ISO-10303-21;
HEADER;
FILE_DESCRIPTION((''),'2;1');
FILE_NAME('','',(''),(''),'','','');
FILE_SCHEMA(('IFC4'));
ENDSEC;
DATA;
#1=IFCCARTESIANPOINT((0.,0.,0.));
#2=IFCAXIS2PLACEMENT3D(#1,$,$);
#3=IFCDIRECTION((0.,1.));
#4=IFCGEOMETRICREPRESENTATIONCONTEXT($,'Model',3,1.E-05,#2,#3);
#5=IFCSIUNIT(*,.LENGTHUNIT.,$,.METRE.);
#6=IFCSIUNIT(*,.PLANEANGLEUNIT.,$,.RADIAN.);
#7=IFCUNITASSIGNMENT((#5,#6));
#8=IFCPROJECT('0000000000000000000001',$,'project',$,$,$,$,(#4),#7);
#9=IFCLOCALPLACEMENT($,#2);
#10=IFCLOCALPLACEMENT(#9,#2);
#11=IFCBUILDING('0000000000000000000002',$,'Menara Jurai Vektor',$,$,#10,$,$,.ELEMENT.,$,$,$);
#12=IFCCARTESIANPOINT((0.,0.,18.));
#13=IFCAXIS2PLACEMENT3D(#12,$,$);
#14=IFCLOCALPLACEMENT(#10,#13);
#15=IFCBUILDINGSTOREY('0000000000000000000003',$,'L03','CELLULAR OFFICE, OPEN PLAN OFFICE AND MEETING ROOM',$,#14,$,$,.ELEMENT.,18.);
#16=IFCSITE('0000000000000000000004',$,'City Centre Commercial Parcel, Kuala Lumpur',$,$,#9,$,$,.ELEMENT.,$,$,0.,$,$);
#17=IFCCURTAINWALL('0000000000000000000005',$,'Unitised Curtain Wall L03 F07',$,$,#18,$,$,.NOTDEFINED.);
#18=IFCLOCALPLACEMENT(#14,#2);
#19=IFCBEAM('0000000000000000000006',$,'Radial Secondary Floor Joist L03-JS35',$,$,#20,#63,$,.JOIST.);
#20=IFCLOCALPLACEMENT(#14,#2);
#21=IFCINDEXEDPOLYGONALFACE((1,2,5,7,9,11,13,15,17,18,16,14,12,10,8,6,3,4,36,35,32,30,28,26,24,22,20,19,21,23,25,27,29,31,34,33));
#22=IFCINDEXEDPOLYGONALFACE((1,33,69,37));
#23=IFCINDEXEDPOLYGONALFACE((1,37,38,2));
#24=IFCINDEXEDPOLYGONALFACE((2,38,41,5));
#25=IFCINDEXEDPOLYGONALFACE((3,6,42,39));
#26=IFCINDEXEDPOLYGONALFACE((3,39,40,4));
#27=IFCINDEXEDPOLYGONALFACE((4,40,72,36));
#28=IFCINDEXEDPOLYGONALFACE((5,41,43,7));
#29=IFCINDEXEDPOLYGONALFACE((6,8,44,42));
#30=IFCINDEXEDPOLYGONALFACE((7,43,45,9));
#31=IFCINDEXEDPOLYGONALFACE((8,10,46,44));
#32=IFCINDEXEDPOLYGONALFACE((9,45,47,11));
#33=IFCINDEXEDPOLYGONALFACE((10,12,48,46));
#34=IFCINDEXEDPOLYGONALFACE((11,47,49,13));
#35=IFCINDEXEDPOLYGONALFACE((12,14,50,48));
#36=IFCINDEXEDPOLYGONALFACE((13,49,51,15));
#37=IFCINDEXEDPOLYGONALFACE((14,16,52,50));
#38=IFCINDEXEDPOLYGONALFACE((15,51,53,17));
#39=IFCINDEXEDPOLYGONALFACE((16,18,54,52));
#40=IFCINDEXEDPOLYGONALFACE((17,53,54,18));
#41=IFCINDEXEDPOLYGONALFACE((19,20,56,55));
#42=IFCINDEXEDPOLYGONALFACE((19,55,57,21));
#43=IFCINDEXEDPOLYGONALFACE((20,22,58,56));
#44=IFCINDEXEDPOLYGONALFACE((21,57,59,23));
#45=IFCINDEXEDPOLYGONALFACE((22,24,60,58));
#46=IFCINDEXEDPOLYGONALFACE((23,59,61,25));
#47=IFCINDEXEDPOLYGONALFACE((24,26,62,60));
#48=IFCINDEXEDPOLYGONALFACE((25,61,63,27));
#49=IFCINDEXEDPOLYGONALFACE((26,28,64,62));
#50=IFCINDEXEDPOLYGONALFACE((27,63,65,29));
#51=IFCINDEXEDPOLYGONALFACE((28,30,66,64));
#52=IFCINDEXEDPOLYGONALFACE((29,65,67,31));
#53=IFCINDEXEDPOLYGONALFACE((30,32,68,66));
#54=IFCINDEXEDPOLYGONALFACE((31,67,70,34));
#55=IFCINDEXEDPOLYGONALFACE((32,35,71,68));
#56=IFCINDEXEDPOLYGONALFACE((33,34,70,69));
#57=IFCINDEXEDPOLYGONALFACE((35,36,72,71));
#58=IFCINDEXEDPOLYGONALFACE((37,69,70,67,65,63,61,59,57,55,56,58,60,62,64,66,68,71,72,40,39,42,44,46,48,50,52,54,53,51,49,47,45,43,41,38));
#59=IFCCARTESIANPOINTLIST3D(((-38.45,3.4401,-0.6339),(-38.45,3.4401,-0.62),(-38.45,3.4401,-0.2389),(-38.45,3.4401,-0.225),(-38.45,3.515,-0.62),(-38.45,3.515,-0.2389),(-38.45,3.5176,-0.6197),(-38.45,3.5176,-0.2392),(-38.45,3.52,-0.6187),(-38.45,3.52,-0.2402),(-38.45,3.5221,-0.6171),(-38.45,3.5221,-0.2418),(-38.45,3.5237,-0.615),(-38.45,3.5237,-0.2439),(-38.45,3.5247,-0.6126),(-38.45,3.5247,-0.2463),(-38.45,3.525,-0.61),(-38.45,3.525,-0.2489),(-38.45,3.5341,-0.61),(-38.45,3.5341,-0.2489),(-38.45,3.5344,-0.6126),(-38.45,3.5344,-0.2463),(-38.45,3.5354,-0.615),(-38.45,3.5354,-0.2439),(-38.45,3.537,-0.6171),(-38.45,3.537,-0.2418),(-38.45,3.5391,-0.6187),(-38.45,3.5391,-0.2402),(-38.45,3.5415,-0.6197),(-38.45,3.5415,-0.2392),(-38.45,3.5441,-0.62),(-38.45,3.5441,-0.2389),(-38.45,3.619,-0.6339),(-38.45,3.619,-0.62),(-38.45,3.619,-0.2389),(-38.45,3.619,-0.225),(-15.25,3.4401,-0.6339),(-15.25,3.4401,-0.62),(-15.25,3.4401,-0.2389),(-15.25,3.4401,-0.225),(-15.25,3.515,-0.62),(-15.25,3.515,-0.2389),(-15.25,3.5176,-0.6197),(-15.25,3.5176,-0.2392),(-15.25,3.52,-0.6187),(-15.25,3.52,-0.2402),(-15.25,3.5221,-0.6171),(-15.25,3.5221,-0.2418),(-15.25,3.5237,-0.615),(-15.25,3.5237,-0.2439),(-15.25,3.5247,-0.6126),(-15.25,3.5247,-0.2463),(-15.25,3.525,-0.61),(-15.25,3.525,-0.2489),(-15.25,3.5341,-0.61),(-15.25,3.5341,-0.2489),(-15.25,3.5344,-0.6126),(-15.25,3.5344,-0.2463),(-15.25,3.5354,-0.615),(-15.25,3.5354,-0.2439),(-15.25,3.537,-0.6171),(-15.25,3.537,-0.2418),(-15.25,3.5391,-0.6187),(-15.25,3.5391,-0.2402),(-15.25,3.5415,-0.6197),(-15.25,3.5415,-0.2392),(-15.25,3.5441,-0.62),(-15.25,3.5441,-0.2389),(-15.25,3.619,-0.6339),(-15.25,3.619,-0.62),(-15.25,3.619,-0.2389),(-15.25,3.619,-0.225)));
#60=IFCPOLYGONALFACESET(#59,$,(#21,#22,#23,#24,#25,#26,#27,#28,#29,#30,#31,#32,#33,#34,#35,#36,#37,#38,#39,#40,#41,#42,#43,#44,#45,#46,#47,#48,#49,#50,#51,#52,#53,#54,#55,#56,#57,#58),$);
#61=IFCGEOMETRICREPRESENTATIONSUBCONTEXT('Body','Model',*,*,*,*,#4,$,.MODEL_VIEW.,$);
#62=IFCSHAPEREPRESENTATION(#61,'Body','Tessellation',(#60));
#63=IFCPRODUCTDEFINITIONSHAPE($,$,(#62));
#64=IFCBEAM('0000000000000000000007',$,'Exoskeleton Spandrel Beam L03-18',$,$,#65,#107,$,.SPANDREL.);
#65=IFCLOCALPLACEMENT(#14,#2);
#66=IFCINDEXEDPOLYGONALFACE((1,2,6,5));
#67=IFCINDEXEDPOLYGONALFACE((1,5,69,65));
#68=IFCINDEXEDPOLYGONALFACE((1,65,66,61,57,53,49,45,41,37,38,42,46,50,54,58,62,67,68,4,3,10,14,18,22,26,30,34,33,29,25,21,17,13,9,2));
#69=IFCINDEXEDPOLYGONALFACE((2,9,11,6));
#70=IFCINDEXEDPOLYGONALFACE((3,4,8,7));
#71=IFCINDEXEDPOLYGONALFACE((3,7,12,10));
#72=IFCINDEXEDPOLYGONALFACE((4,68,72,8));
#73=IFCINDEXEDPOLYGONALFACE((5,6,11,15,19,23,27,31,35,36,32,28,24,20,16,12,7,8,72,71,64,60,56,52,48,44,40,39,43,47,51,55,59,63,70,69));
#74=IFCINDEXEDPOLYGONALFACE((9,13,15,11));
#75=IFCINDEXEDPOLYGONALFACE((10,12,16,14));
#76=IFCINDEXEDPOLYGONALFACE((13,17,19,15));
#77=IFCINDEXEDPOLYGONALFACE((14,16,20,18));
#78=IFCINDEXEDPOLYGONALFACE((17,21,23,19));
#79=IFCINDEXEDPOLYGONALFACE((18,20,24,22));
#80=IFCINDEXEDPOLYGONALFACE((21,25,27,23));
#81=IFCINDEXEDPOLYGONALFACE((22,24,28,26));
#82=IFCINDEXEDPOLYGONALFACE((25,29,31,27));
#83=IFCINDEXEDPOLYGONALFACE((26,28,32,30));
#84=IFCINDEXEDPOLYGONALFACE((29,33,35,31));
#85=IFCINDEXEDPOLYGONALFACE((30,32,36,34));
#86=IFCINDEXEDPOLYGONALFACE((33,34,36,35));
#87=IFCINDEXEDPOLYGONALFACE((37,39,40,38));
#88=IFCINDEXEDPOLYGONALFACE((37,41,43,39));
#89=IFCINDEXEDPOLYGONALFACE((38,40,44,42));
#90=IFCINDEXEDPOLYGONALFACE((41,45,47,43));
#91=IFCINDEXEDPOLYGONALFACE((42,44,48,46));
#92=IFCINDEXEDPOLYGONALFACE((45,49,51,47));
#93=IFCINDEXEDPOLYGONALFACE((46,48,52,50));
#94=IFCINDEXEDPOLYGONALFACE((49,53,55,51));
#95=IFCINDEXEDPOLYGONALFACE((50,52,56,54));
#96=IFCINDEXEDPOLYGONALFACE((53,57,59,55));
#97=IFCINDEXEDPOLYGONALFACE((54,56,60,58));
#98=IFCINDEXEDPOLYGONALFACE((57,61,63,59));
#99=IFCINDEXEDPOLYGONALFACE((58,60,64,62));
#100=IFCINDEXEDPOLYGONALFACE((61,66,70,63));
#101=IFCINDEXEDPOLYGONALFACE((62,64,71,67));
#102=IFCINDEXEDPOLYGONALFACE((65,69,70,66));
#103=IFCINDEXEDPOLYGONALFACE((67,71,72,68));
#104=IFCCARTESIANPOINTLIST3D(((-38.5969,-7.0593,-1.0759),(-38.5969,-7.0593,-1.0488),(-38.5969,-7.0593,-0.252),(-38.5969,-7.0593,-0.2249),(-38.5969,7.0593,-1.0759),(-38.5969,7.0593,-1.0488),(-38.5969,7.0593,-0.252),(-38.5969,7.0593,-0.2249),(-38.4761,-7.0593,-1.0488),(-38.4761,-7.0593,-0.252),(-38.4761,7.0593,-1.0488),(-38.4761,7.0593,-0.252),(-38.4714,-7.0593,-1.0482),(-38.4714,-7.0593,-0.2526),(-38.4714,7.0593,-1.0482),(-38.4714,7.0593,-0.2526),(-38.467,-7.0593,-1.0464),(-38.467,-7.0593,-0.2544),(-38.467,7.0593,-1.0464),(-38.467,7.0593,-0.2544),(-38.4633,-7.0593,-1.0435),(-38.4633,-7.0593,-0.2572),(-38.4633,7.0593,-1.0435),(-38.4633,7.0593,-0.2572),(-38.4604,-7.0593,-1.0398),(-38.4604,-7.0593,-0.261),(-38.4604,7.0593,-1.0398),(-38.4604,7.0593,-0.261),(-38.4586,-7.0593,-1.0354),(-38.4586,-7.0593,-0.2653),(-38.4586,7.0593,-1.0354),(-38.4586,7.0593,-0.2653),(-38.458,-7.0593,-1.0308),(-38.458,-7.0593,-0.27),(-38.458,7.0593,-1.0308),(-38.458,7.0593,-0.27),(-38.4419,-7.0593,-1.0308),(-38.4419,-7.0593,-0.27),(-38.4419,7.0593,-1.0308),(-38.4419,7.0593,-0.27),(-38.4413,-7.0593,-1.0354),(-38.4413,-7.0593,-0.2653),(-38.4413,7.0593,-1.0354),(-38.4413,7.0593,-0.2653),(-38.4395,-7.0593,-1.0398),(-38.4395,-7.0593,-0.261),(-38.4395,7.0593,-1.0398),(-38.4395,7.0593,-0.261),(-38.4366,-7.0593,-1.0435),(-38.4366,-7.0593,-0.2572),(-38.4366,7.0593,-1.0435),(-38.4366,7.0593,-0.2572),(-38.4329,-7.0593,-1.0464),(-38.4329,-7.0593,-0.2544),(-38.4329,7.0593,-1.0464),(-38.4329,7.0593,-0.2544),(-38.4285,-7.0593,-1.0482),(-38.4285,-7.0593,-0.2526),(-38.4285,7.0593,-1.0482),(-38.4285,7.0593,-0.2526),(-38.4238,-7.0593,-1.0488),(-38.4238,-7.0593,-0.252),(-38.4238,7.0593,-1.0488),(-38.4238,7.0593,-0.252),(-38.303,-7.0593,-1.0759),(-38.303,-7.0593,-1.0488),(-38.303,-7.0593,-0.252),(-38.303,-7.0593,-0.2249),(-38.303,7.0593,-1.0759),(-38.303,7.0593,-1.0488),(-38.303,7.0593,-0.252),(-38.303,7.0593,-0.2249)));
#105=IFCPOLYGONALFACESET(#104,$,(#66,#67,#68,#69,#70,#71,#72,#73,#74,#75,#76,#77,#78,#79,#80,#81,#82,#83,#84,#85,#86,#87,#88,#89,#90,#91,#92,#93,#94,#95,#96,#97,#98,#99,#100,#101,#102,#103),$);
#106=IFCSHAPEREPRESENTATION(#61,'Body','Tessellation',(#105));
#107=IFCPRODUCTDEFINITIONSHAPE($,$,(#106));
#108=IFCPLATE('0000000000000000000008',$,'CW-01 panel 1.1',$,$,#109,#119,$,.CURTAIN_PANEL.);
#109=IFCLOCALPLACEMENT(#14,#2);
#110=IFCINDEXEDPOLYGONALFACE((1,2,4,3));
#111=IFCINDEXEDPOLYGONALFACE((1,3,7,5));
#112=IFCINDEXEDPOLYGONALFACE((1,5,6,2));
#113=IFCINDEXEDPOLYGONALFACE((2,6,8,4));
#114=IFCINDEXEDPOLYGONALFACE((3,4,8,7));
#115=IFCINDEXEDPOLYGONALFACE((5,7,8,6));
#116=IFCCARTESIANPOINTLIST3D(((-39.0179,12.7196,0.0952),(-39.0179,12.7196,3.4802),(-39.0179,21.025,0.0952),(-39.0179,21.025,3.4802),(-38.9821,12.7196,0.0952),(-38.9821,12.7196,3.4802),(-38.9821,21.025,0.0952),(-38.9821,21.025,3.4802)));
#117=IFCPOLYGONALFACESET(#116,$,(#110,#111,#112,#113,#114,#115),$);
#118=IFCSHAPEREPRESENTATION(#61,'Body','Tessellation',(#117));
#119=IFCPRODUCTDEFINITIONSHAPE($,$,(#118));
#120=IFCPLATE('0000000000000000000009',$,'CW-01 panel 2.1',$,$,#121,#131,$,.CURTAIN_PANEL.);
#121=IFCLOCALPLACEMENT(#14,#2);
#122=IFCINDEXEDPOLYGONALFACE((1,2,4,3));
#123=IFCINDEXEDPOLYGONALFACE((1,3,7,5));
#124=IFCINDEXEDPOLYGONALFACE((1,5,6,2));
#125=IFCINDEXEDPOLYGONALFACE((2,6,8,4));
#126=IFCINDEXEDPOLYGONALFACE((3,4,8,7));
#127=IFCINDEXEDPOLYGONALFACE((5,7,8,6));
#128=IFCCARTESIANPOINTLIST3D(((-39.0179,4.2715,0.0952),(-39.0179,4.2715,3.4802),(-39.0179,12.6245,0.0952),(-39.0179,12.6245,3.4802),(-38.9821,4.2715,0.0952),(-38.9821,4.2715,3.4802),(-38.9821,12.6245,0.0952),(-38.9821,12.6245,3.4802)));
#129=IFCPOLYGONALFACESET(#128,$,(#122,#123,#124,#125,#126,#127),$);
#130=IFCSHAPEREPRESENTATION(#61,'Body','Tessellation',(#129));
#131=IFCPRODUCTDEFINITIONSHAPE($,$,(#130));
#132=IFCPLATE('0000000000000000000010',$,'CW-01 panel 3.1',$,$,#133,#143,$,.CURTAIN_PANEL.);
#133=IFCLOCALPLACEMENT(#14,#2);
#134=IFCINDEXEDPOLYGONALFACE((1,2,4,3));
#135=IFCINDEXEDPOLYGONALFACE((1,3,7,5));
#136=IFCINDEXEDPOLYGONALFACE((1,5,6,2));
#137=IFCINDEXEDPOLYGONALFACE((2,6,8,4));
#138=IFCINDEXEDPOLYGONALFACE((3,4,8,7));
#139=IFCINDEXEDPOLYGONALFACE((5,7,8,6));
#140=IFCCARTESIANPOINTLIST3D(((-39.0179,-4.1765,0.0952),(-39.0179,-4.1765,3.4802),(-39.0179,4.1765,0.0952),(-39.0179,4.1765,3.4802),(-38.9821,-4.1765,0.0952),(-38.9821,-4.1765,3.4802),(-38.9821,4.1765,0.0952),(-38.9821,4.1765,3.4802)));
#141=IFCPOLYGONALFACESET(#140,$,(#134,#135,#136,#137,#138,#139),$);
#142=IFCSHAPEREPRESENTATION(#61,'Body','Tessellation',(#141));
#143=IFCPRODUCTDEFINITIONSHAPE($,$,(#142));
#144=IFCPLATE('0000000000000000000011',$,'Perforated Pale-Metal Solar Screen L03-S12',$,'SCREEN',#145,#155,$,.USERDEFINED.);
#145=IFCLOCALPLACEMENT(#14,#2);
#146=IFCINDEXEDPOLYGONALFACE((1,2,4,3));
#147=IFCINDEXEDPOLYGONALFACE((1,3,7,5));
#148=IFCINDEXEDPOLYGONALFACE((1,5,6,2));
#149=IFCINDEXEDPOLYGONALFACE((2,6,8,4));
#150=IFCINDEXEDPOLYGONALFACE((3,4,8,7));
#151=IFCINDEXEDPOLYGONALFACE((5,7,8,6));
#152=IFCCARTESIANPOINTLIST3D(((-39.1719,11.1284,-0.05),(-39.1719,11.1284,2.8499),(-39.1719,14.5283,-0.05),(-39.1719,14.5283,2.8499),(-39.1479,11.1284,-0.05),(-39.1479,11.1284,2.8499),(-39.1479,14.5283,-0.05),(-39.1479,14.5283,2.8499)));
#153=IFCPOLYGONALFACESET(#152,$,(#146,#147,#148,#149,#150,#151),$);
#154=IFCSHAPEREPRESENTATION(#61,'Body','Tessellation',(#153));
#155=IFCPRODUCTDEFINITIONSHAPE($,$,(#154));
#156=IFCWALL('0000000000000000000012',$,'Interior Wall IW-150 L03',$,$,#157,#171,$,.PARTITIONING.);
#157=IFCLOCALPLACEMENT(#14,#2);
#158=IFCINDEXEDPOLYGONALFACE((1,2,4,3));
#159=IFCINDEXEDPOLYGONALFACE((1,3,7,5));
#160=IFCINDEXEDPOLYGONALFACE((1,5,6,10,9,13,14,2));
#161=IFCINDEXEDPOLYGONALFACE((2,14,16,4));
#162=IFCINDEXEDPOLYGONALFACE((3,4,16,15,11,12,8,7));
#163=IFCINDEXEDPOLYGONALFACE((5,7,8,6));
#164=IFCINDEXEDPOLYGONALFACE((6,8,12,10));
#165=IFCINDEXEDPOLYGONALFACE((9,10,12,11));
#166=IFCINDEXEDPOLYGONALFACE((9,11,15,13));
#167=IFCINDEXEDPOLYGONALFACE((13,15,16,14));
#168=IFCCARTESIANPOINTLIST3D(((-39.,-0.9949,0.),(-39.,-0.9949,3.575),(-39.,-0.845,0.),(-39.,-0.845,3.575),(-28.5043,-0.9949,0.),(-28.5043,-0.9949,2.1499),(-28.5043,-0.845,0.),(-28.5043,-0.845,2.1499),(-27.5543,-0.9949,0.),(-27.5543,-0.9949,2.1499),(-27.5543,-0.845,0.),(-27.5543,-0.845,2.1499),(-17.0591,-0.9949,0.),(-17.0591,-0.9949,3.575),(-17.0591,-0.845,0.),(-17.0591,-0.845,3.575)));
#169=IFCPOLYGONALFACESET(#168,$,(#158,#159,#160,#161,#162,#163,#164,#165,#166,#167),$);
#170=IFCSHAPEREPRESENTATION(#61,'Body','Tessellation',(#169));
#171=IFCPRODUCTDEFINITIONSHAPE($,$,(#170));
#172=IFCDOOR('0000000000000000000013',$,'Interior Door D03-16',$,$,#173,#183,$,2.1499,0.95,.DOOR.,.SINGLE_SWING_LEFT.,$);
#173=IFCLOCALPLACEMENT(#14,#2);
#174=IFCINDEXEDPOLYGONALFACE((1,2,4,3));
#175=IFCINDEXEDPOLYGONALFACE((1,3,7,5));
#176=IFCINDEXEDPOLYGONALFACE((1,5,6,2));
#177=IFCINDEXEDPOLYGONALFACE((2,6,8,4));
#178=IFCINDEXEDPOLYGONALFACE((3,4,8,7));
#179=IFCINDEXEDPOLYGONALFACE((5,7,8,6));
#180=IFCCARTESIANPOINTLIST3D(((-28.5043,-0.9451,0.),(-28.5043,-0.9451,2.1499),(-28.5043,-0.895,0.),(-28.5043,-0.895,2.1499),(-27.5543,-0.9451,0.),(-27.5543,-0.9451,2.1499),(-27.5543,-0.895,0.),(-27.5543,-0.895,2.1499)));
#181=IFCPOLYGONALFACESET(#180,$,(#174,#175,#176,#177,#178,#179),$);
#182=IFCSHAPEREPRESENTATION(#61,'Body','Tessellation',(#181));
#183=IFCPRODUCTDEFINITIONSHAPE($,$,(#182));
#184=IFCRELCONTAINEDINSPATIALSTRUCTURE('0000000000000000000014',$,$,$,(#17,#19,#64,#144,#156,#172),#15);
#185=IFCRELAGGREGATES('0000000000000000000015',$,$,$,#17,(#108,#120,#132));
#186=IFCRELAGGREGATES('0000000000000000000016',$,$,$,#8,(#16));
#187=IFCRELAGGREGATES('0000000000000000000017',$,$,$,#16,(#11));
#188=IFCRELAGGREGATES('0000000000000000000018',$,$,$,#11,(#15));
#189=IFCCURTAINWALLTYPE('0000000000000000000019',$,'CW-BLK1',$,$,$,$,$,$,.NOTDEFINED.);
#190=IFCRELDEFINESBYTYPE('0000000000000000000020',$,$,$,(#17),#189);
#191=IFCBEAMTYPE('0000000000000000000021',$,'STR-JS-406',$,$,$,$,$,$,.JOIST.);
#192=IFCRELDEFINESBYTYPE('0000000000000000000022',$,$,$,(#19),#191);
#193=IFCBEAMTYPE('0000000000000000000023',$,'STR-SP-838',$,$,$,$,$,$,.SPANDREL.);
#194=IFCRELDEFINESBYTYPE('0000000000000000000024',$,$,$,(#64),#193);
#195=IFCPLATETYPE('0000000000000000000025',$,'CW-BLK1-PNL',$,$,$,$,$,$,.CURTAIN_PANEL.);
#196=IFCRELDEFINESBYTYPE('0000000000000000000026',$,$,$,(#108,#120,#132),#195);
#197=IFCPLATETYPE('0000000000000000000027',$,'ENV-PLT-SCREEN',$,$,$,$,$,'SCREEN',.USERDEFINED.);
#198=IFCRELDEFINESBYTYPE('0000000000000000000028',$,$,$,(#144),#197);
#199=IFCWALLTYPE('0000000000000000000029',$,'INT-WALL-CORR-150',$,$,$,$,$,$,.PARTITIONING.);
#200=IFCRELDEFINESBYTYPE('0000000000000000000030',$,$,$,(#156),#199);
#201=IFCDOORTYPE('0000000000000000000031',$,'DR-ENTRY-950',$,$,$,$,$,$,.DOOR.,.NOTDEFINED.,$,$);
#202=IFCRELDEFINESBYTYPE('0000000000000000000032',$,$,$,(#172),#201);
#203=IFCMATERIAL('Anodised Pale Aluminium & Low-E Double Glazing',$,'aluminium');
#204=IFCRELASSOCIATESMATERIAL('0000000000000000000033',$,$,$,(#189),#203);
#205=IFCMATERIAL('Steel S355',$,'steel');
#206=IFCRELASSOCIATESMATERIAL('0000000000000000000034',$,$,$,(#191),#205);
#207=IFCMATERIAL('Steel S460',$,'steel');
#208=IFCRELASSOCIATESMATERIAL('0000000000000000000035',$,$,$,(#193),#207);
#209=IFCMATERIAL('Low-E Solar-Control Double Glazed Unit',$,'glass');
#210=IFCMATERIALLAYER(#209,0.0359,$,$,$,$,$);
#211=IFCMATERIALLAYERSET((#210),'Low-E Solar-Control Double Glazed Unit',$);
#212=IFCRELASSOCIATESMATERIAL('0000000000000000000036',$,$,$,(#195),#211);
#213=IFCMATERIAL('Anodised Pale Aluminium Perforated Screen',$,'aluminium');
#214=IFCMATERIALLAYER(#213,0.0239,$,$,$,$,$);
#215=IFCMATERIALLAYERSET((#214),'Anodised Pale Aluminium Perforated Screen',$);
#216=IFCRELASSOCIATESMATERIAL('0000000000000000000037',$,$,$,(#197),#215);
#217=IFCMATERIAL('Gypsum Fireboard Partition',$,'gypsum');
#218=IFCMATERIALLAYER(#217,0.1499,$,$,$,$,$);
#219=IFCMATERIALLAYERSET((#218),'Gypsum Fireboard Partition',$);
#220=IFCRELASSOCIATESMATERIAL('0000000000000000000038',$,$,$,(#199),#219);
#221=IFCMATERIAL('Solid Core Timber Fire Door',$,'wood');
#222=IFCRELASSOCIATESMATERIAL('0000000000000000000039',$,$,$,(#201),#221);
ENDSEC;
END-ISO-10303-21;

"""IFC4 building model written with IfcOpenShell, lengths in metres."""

from ifc_helpers import new_model, si_unit, direction, frame, frame_2d, origin, origin_2d, place, context, subcontext, project, spatial, rectangle, i_section, extrude, material, layer, layer_set, material_profile, profile_set, type_object, element, fill, aggregate, save


model = new_model("IFC4")

# Units and contexts
model_context = context("Model", 3, precision=1e-05, world=origin(), true_north=direction((0.0, 1.0)))
body_context = subcontext(model_context, "Body", "Model", "MODEL_VIEW")
ifc_project = project(units=[si_unit("LENGTHUNIT", "METRE"), si_unit("PLANEANGLEUNIT", "RADIAN")], contexts=[model_context])

# Site, building, storey
site_placement = place(None, origin())
site = spatial("IfcSite", under=ifc_project, at=site_placement, Name="City Centre Commercial Parcel, Kuala Lumpur", CompositionType="ELEMENT", RefElevation=0.0)
building_placement = place(site_placement, origin())
building = spatial("IfcBuilding", under=site, at=building_placement, Name="Menara Jurai Vektor", CompositionType="ELEMENT")
storey_placement = place(building_placement, frame((0.0, 0.0, 18.0)))
storey = spatial("IfcBuildingStorey", under=building, at=storey_placement, Name="L03", Description="CELLULAR OFFICE, OPEN PLAN OFFICE AND MEETING ROOM", CompositionType="ELEMENT", Elevation=18.0)

# Shared definitions
ifc_material_1 = material(Name="Steel S460", Category="steel")

# Curtain wall
ifc_material_2 = material(Name="Anodised Pale Aluminium & Low-E Double Glazing", Category="aluminium")
curtain_wall_type = type_object("IfcCurtainWallType", Name="CW-BLK1", PredefinedType="NOTDEFINED", material=ifc_material_2)
curtain_wall_placement = place(storey_placement, origin())
curtain_wall = element("IfcCurtainWall", 1, at=curtain_wall_placement, inside=storey, type_object=curtain_wall_type, Name="Unitised Curtain Wall L03 F07", PredefinedType="NOTDEFINED")

# Beams
ifc_material_3 = material(Name="Steel S355", Category="steel")
ifc_material_profile_1 = material_profile(ifc_material_3, i_section(OverallWidth=0.179, OverallDepth=0.4089, WebThickness=0.009, FlangeThickness=0.0139, FilletRadius=0.01, at=origin_2d()), Name="UKB 406x178x67")
ifc_profile_set_1 = profile_set([ifc_material_profile_1], Name="Steel S355")
beam_type_1 = type_object("IfcBeamType", Name="STR-JS-406", PredefinedType="JOIST", material=ifc_profile_set_1)
beam_1_placement = place(storey_placement, frame((-38.45, 3.5295, -0.4294), z_axis=(1.0, 0.0, 0.0), x_axis=(0.0, 1.0, 0.0)))
element("IfcBeam", 2, at=beam_1_placement, inside=storey, type_object=beam_type_1, Name="Radial Secondary Floor Joist L03-JS35", PredefinedType="JOIST", context=body_context, shape_type="SweptSolid", body=[
    extrude(i_section(OverallWidth=0.179, OverallDepth=0.4089, WebThickness=0.009, FlangeThickness=0.0139, FilletRadius=0.01, at=origin_2d()), origin(), (0.0, 0.0, 1.0), 23.2),
])
ifc_material_profile_2 = material_profile(ifc_material_1, i_section(OverallWidth=0.2939, OverallDepth=0.8511, WebThickness=0.0161, FlangeThickness=0.0271, FilletRadius=0.0181, at=origin_2d()), Name="UKB 838x292x226")
ifc_profile_set_2 = profile_set([ifc_material_profile_2], Name="Steel S460")
beam_type_2 = type_object("IfcBeamType", Name="STR-SP-838", PredefinedType="SPANDREL", material=ifc_profile_set_2)
beam_2_placement = place(storey_placement, frame((-38.45, 7.0593, -0.6504), z_axis=(0.0, -1.0, 0.0), x_axis=(1.0, 0.0, 0.0)))
element("IfcBeam", 3, at=beam_2_placement, inside=storey, type_object=beam_type_2, Name="Exoskeleton Spandrel Beam L03-18", PredefinedType="SPANDREL", context=body_context, shape_type="SweptSolid", body=[
    extrude(i_section(OverallWidth=0.2939, OverallDepth=0.8511, WebThickness=0.0161, FlangeThickness=0.0271, FilletRadius=0.0181, at=origin_2d()), origin(), (0.0, 0.0, 1.0), 14.1187),
])

# Plates
ifc_material_4 = material(Name="Low-E Solar-Control Double Glazed Unit", Category="glass")
ifc_layer_1 = layer(ifc_material_4, 0.0359)
ifc_layer_set_1 = layer_set([ifc_layer_1], Name="Low-E Solar-Control Double Glazed Unit")
plate_type_1 = type_object("IfcPlateType", Name="CW-BLK1-PNL", PredefinedType="CURTAIN_PANEL", material=ifc_layer_set_1)
plate_1_placement = place(storey_placement, frame((-39.0, 16.8723, 0.0952), z_axis=(0.0, 0.0, 1.0), x_axis=(0.0, -1.0, 0.0)))
plate_1 = element("IfcPlate", 4, at=plate_1_placement, type_object=plate_type_1, Name="CW-01 panel 1.1", PredefinedType="CURTAIN_PANEL", context=body_context, shape_type="SweptSolid", body=[
    extrude(rectangle(XDim=8.3054, YDim=0.0359, at=origin_2d()), origin(), (0.0, 0.0, 1.0), 3.385),
])
plate_2_placement = place(storey_placement, frame((-39.0, 8.448, 0.0952), z_axis=(0.0, 0.0, 1.0), x_axis=(0.0, -1.0, 0.0)))
plate_2 = element("IfcPlate", 5, at=plate_2_placement, type_object=plate_type_1, Name="CW-01 panel 2.1", PredefinedType="CURTAIN_PANEL", context=body_context, shape_type="SweptSolid", body=[
    extrude(rectangle(XDim=8.353, YDim=0.0359, at=origin_2d()), origin(), (0.0, 0.0, 1.0), 3.385),
])
plate_3_placement = place(storey_placement, frame((-39.0, 0.0, 0.0952), z_axis=(0.0, 0.0, 1.0), x_axis=(0.0, -1.0, 0.0)))
plate_3 = element("IfcPlate", 6, at=plate_3_placement, type_object=plate_type_1, Name="CW-01 panel 3.1", PredefinedType="CURTAIN_PANEL", context=body_context, shape_type="SweptSolid", body=[
    extrude(rectangle(XDim=8.353, YDim=0.0359, at=origin_2d()), origin(), (0.0, 0.0, 1.0), 3.385),
])
aggregate(curtain_wall, [plate_1, plate_2, plate_3])
ifc_material_5 = material(Name="Anodised Pale Aluminium Perforated Screen", Category="aluminium")
ifc_layer_2 = layer(ifc_material_5, 0.0239)
ifc_layer_set_2 = layer_set([ifc_layer_2], Name="Anodised Pale Aluminium Perforated Screen")
plate_type_2 = type_object("IfcPlateType", Name="ENV-PLT-SCREEN", ElementType="SCREEN", PredefinedType="USERDEFINED", material=ifc_layer_set_2)
plate_4_placement = place(storey_placement, frame((-39.1599, 12.8284, -0.05), z_axis=(0.0, 0.0, 1.0), x_axis=(0.0, -1.0, 0.0)))
element("IfcPlate", 7, at=plate_4_placement, inside=storey, type_object=plate_type_2, Name="Perforated Pale-Metal Solar Screen L03-S12", ObjectType="SCREEN", PredefinedType="USERDEFINED", context=body_context, shape_type="SweptSolid", body=[
    extrude(rectangle(XDim=3.3999, YDim=0.0239, at=origin_2d()), origin(), (0.0, 0.0, 1.0), 2.8999),
])

# Wall, opening, door
ifc_material_6 = material(Name="Gypsum Fireboard Partition", Category="gypsum")
ifc_layer_3 = layer(ifc_material_6, 0.1499)
ifc_layer_set_3 = layer_set([ifc_layer_3], Name="Gypsum Fireboard Partition")
wall_type_1 = type_object("IfcWallType", Name="INT-WALL-CORR-150", PredefinedType="PARTITIONING", material=ifc_layer_set_3)
wall_1_placement = place(storey_placement, frame((-39.0, -0.9199, 0.0), z_axis=(0.0, 0.0, 1.0), x_axis=(1.0, 0.0, 0.0)))
wall_1 = element("IfcWall", 8, at=wall_1_placement, inside=storey, type_object=wall_type_1, Name="Interior Wall IW-150 L03", PredefinedType="PARTITIONING", context=body_context, shape_type="SweptSolid", body=[
    extrude(rectangle(XDim=21.9409, YDim=0.1499, at=frame_2d((10.9705, 0.0))), origin(), (0.0, 0.0, 1.0), 3.575),
])
opening_1_placement = place(wall_1_placement, frame((10.4956, 0.0, 0.0)))
opening_1 = element("IfcOpeningElement", 9, at=opening_1_placement, cuts=wall_1, PredefinedType="OPENING", context=body_context, shape_type="SweptSolid", body=[
    extrude(rectangle(XDim=0.95, YDim=2.1499, at=frame_2d((0.4751, 1.075))), frame((0.0, 0.085, 0.0), z_axis=(0.0, -1.0, 0.0), x_axis=(1.0, 0.0, 0.0)), (0.0, 0.0, 1.0), 0.1699),
])
ifc_material_7 = material(Name="Solid Core Timber Fire Door", Category="wood")
door_type = type_object("IfcDoorType", Name="DR-ENTRY-950", OperationType="NOTDEFINED", PredefinedType="DOOR", material=ifc_material_7)
door_1_placement = place(opening_1_placement, origin())
door_1 = element("IfcDoor", 10, at=door_1_placement, inside=storey, type_object=door_type, Name="Interior Door D03-16", OperationType="SINGLE_SWING_LEFT", OverallHeight=2.1499, OverallWidth=0.95, PredefinedType="DOOR", context=body_context, shape_type="SweptSolid", body=[
    extrude(rectangle(XDim=0.95, YDim=2.1499, at=frame_2d((0.4751, 1.075))), frame((0.0, 0.0249, 0.0), z_axis=(0.0, -1.0, 0.0), x_axis=(1.0, 0.0, 0.0)), (0.0, 0.0, 1.0), 0.05),
])
fill(opening_1, door_1)

save(model, "model.ifc")
